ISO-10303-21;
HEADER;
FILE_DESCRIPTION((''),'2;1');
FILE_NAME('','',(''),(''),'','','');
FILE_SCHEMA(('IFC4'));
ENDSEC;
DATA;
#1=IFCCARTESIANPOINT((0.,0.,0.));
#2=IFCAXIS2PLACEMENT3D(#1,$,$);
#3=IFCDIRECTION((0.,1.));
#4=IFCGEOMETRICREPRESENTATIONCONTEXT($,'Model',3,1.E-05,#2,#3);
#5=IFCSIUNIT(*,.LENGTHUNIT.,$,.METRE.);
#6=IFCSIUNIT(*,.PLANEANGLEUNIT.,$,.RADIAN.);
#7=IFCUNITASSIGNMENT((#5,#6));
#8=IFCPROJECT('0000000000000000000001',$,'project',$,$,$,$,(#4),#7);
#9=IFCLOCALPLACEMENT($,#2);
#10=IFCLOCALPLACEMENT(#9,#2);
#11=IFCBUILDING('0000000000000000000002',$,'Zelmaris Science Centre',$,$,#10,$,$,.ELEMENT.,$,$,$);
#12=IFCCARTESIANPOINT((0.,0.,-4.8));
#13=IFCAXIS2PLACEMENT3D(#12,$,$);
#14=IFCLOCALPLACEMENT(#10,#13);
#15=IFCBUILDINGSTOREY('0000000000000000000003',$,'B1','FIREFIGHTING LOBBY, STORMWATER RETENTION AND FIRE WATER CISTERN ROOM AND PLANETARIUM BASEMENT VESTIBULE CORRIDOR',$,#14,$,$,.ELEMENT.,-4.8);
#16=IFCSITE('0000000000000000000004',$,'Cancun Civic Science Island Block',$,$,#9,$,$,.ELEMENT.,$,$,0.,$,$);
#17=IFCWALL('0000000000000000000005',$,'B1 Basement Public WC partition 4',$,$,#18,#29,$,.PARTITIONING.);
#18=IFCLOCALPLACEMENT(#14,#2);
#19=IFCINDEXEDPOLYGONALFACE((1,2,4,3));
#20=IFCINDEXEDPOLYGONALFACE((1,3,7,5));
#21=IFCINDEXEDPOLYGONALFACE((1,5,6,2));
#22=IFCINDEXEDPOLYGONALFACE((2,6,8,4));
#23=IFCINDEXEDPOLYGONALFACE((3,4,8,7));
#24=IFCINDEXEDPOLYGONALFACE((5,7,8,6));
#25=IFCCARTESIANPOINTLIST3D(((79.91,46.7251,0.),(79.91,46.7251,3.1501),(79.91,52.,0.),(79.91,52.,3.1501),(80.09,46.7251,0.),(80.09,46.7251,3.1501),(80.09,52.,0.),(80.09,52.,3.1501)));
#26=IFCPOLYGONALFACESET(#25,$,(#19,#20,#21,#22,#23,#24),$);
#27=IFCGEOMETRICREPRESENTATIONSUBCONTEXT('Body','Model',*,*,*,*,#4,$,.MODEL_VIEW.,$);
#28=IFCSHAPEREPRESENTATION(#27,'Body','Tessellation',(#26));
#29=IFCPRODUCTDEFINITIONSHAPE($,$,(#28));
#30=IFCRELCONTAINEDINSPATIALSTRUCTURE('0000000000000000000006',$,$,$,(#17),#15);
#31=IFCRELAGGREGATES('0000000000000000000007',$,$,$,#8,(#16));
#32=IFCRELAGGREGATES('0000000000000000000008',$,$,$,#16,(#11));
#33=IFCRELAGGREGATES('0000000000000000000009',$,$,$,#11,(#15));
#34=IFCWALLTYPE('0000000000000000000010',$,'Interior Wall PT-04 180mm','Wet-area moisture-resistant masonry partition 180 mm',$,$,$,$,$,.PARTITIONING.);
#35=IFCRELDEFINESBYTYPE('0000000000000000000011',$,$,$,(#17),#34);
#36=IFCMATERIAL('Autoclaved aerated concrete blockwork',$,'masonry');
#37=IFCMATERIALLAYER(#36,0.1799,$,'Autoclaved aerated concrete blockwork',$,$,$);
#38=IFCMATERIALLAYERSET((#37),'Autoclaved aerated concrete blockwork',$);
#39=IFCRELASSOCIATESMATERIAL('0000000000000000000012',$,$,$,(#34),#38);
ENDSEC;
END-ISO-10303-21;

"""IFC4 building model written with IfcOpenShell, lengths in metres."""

from ifc_helpers import new_model, si_unit, direction, frame, frame_2d, origin, place, context, subcontext, project, spatial, rectangle, extrude, material, layer, layer_set, type_object, element, save


model = new_model("IFC4")

# Units and contexts
model_context = context("Model", 3, precision=1e-05, world=origin(), true_north=direction((0.0, 1.0)))
body_context = subcontext(model_context, "Body", "Model", "MODEL_VIEW")
ifc_project = project(units=[si_unit("LENGTHUNIT", "METRE"), si_unit("PLANEANGLEUNIT", "RADIAN")], contexts=[model_context])

# Site, building, storey
site_placement = place(None, origin())
site = spatial("IfcSite", under=ifc_project, at=site_placement, Name="Cancun Civic Science Island Block", CompositionType="ELEMENT", RefElevation=0.0)
building_placement = place(site_placement, origin())
building = spatial("IfcBuilding", under=site, at=building_placement, Name="Zelmaris Science Centre", CompositionType="ELEMENT")
storey_placement = place(building_placement, frame((0.0, 0.0, -4.8)))
storey = spatial("IfcBuildingStorey", under=building, at=storey_placement, Name="B1", Description="FIREFIGHTING LOBBY, STORMWATER RETENTION AND FIRE WATER CISTERN ROOM AND PLANETARIUM BASEMENT VESTIBULE CORRIDOR", CompositionType="ELEMENT", Elevation=-4.8)

# Shared definitions
ifc_material_1 = material(Name="Autoclaved aerated concrete blockwork", Category="masonry")

# Wall
ifc_layer_1 = layer(ifc_material_1, 0.1799, Name="Autoclaved aerated concrete blockwork")
ifc_layer_set_1 = layer_set([ifc_layer_1], Name="Autoclaved aerated concrete blockwork")
wall_type_1 = type_object("IfcWallType", Name="Interior Wall PT-04 180mm", Description="Wet-area moisture-resistant masonry partition 180 mm", PredefinedType="PARTITIONING", material=ifc_layer_set_1)
wall_1_placement = place(storey_placement, frame((80.0, 46.7251, 0.0), z_axis=(0.0, 0.0, 1.0), x_axis=(0.0, 1.0, 0.0)))
element("IfcWall", 1, at=wall_1_placement, inside=storey, type_object=wall_type_1, Name="B1 Basement Public WC partition 4", PredefinedType="PARTITIONING", context=body_context, shape_type="SweptSolid", body=[
    extrude(rectangle(XDim=5.2749, YDim=0.1799, at=frame_2d((2.6375, 0.0))), origin(), (0.0, 0.0, 1.0), 3.1501),
])

save(model, "model.ifc")
